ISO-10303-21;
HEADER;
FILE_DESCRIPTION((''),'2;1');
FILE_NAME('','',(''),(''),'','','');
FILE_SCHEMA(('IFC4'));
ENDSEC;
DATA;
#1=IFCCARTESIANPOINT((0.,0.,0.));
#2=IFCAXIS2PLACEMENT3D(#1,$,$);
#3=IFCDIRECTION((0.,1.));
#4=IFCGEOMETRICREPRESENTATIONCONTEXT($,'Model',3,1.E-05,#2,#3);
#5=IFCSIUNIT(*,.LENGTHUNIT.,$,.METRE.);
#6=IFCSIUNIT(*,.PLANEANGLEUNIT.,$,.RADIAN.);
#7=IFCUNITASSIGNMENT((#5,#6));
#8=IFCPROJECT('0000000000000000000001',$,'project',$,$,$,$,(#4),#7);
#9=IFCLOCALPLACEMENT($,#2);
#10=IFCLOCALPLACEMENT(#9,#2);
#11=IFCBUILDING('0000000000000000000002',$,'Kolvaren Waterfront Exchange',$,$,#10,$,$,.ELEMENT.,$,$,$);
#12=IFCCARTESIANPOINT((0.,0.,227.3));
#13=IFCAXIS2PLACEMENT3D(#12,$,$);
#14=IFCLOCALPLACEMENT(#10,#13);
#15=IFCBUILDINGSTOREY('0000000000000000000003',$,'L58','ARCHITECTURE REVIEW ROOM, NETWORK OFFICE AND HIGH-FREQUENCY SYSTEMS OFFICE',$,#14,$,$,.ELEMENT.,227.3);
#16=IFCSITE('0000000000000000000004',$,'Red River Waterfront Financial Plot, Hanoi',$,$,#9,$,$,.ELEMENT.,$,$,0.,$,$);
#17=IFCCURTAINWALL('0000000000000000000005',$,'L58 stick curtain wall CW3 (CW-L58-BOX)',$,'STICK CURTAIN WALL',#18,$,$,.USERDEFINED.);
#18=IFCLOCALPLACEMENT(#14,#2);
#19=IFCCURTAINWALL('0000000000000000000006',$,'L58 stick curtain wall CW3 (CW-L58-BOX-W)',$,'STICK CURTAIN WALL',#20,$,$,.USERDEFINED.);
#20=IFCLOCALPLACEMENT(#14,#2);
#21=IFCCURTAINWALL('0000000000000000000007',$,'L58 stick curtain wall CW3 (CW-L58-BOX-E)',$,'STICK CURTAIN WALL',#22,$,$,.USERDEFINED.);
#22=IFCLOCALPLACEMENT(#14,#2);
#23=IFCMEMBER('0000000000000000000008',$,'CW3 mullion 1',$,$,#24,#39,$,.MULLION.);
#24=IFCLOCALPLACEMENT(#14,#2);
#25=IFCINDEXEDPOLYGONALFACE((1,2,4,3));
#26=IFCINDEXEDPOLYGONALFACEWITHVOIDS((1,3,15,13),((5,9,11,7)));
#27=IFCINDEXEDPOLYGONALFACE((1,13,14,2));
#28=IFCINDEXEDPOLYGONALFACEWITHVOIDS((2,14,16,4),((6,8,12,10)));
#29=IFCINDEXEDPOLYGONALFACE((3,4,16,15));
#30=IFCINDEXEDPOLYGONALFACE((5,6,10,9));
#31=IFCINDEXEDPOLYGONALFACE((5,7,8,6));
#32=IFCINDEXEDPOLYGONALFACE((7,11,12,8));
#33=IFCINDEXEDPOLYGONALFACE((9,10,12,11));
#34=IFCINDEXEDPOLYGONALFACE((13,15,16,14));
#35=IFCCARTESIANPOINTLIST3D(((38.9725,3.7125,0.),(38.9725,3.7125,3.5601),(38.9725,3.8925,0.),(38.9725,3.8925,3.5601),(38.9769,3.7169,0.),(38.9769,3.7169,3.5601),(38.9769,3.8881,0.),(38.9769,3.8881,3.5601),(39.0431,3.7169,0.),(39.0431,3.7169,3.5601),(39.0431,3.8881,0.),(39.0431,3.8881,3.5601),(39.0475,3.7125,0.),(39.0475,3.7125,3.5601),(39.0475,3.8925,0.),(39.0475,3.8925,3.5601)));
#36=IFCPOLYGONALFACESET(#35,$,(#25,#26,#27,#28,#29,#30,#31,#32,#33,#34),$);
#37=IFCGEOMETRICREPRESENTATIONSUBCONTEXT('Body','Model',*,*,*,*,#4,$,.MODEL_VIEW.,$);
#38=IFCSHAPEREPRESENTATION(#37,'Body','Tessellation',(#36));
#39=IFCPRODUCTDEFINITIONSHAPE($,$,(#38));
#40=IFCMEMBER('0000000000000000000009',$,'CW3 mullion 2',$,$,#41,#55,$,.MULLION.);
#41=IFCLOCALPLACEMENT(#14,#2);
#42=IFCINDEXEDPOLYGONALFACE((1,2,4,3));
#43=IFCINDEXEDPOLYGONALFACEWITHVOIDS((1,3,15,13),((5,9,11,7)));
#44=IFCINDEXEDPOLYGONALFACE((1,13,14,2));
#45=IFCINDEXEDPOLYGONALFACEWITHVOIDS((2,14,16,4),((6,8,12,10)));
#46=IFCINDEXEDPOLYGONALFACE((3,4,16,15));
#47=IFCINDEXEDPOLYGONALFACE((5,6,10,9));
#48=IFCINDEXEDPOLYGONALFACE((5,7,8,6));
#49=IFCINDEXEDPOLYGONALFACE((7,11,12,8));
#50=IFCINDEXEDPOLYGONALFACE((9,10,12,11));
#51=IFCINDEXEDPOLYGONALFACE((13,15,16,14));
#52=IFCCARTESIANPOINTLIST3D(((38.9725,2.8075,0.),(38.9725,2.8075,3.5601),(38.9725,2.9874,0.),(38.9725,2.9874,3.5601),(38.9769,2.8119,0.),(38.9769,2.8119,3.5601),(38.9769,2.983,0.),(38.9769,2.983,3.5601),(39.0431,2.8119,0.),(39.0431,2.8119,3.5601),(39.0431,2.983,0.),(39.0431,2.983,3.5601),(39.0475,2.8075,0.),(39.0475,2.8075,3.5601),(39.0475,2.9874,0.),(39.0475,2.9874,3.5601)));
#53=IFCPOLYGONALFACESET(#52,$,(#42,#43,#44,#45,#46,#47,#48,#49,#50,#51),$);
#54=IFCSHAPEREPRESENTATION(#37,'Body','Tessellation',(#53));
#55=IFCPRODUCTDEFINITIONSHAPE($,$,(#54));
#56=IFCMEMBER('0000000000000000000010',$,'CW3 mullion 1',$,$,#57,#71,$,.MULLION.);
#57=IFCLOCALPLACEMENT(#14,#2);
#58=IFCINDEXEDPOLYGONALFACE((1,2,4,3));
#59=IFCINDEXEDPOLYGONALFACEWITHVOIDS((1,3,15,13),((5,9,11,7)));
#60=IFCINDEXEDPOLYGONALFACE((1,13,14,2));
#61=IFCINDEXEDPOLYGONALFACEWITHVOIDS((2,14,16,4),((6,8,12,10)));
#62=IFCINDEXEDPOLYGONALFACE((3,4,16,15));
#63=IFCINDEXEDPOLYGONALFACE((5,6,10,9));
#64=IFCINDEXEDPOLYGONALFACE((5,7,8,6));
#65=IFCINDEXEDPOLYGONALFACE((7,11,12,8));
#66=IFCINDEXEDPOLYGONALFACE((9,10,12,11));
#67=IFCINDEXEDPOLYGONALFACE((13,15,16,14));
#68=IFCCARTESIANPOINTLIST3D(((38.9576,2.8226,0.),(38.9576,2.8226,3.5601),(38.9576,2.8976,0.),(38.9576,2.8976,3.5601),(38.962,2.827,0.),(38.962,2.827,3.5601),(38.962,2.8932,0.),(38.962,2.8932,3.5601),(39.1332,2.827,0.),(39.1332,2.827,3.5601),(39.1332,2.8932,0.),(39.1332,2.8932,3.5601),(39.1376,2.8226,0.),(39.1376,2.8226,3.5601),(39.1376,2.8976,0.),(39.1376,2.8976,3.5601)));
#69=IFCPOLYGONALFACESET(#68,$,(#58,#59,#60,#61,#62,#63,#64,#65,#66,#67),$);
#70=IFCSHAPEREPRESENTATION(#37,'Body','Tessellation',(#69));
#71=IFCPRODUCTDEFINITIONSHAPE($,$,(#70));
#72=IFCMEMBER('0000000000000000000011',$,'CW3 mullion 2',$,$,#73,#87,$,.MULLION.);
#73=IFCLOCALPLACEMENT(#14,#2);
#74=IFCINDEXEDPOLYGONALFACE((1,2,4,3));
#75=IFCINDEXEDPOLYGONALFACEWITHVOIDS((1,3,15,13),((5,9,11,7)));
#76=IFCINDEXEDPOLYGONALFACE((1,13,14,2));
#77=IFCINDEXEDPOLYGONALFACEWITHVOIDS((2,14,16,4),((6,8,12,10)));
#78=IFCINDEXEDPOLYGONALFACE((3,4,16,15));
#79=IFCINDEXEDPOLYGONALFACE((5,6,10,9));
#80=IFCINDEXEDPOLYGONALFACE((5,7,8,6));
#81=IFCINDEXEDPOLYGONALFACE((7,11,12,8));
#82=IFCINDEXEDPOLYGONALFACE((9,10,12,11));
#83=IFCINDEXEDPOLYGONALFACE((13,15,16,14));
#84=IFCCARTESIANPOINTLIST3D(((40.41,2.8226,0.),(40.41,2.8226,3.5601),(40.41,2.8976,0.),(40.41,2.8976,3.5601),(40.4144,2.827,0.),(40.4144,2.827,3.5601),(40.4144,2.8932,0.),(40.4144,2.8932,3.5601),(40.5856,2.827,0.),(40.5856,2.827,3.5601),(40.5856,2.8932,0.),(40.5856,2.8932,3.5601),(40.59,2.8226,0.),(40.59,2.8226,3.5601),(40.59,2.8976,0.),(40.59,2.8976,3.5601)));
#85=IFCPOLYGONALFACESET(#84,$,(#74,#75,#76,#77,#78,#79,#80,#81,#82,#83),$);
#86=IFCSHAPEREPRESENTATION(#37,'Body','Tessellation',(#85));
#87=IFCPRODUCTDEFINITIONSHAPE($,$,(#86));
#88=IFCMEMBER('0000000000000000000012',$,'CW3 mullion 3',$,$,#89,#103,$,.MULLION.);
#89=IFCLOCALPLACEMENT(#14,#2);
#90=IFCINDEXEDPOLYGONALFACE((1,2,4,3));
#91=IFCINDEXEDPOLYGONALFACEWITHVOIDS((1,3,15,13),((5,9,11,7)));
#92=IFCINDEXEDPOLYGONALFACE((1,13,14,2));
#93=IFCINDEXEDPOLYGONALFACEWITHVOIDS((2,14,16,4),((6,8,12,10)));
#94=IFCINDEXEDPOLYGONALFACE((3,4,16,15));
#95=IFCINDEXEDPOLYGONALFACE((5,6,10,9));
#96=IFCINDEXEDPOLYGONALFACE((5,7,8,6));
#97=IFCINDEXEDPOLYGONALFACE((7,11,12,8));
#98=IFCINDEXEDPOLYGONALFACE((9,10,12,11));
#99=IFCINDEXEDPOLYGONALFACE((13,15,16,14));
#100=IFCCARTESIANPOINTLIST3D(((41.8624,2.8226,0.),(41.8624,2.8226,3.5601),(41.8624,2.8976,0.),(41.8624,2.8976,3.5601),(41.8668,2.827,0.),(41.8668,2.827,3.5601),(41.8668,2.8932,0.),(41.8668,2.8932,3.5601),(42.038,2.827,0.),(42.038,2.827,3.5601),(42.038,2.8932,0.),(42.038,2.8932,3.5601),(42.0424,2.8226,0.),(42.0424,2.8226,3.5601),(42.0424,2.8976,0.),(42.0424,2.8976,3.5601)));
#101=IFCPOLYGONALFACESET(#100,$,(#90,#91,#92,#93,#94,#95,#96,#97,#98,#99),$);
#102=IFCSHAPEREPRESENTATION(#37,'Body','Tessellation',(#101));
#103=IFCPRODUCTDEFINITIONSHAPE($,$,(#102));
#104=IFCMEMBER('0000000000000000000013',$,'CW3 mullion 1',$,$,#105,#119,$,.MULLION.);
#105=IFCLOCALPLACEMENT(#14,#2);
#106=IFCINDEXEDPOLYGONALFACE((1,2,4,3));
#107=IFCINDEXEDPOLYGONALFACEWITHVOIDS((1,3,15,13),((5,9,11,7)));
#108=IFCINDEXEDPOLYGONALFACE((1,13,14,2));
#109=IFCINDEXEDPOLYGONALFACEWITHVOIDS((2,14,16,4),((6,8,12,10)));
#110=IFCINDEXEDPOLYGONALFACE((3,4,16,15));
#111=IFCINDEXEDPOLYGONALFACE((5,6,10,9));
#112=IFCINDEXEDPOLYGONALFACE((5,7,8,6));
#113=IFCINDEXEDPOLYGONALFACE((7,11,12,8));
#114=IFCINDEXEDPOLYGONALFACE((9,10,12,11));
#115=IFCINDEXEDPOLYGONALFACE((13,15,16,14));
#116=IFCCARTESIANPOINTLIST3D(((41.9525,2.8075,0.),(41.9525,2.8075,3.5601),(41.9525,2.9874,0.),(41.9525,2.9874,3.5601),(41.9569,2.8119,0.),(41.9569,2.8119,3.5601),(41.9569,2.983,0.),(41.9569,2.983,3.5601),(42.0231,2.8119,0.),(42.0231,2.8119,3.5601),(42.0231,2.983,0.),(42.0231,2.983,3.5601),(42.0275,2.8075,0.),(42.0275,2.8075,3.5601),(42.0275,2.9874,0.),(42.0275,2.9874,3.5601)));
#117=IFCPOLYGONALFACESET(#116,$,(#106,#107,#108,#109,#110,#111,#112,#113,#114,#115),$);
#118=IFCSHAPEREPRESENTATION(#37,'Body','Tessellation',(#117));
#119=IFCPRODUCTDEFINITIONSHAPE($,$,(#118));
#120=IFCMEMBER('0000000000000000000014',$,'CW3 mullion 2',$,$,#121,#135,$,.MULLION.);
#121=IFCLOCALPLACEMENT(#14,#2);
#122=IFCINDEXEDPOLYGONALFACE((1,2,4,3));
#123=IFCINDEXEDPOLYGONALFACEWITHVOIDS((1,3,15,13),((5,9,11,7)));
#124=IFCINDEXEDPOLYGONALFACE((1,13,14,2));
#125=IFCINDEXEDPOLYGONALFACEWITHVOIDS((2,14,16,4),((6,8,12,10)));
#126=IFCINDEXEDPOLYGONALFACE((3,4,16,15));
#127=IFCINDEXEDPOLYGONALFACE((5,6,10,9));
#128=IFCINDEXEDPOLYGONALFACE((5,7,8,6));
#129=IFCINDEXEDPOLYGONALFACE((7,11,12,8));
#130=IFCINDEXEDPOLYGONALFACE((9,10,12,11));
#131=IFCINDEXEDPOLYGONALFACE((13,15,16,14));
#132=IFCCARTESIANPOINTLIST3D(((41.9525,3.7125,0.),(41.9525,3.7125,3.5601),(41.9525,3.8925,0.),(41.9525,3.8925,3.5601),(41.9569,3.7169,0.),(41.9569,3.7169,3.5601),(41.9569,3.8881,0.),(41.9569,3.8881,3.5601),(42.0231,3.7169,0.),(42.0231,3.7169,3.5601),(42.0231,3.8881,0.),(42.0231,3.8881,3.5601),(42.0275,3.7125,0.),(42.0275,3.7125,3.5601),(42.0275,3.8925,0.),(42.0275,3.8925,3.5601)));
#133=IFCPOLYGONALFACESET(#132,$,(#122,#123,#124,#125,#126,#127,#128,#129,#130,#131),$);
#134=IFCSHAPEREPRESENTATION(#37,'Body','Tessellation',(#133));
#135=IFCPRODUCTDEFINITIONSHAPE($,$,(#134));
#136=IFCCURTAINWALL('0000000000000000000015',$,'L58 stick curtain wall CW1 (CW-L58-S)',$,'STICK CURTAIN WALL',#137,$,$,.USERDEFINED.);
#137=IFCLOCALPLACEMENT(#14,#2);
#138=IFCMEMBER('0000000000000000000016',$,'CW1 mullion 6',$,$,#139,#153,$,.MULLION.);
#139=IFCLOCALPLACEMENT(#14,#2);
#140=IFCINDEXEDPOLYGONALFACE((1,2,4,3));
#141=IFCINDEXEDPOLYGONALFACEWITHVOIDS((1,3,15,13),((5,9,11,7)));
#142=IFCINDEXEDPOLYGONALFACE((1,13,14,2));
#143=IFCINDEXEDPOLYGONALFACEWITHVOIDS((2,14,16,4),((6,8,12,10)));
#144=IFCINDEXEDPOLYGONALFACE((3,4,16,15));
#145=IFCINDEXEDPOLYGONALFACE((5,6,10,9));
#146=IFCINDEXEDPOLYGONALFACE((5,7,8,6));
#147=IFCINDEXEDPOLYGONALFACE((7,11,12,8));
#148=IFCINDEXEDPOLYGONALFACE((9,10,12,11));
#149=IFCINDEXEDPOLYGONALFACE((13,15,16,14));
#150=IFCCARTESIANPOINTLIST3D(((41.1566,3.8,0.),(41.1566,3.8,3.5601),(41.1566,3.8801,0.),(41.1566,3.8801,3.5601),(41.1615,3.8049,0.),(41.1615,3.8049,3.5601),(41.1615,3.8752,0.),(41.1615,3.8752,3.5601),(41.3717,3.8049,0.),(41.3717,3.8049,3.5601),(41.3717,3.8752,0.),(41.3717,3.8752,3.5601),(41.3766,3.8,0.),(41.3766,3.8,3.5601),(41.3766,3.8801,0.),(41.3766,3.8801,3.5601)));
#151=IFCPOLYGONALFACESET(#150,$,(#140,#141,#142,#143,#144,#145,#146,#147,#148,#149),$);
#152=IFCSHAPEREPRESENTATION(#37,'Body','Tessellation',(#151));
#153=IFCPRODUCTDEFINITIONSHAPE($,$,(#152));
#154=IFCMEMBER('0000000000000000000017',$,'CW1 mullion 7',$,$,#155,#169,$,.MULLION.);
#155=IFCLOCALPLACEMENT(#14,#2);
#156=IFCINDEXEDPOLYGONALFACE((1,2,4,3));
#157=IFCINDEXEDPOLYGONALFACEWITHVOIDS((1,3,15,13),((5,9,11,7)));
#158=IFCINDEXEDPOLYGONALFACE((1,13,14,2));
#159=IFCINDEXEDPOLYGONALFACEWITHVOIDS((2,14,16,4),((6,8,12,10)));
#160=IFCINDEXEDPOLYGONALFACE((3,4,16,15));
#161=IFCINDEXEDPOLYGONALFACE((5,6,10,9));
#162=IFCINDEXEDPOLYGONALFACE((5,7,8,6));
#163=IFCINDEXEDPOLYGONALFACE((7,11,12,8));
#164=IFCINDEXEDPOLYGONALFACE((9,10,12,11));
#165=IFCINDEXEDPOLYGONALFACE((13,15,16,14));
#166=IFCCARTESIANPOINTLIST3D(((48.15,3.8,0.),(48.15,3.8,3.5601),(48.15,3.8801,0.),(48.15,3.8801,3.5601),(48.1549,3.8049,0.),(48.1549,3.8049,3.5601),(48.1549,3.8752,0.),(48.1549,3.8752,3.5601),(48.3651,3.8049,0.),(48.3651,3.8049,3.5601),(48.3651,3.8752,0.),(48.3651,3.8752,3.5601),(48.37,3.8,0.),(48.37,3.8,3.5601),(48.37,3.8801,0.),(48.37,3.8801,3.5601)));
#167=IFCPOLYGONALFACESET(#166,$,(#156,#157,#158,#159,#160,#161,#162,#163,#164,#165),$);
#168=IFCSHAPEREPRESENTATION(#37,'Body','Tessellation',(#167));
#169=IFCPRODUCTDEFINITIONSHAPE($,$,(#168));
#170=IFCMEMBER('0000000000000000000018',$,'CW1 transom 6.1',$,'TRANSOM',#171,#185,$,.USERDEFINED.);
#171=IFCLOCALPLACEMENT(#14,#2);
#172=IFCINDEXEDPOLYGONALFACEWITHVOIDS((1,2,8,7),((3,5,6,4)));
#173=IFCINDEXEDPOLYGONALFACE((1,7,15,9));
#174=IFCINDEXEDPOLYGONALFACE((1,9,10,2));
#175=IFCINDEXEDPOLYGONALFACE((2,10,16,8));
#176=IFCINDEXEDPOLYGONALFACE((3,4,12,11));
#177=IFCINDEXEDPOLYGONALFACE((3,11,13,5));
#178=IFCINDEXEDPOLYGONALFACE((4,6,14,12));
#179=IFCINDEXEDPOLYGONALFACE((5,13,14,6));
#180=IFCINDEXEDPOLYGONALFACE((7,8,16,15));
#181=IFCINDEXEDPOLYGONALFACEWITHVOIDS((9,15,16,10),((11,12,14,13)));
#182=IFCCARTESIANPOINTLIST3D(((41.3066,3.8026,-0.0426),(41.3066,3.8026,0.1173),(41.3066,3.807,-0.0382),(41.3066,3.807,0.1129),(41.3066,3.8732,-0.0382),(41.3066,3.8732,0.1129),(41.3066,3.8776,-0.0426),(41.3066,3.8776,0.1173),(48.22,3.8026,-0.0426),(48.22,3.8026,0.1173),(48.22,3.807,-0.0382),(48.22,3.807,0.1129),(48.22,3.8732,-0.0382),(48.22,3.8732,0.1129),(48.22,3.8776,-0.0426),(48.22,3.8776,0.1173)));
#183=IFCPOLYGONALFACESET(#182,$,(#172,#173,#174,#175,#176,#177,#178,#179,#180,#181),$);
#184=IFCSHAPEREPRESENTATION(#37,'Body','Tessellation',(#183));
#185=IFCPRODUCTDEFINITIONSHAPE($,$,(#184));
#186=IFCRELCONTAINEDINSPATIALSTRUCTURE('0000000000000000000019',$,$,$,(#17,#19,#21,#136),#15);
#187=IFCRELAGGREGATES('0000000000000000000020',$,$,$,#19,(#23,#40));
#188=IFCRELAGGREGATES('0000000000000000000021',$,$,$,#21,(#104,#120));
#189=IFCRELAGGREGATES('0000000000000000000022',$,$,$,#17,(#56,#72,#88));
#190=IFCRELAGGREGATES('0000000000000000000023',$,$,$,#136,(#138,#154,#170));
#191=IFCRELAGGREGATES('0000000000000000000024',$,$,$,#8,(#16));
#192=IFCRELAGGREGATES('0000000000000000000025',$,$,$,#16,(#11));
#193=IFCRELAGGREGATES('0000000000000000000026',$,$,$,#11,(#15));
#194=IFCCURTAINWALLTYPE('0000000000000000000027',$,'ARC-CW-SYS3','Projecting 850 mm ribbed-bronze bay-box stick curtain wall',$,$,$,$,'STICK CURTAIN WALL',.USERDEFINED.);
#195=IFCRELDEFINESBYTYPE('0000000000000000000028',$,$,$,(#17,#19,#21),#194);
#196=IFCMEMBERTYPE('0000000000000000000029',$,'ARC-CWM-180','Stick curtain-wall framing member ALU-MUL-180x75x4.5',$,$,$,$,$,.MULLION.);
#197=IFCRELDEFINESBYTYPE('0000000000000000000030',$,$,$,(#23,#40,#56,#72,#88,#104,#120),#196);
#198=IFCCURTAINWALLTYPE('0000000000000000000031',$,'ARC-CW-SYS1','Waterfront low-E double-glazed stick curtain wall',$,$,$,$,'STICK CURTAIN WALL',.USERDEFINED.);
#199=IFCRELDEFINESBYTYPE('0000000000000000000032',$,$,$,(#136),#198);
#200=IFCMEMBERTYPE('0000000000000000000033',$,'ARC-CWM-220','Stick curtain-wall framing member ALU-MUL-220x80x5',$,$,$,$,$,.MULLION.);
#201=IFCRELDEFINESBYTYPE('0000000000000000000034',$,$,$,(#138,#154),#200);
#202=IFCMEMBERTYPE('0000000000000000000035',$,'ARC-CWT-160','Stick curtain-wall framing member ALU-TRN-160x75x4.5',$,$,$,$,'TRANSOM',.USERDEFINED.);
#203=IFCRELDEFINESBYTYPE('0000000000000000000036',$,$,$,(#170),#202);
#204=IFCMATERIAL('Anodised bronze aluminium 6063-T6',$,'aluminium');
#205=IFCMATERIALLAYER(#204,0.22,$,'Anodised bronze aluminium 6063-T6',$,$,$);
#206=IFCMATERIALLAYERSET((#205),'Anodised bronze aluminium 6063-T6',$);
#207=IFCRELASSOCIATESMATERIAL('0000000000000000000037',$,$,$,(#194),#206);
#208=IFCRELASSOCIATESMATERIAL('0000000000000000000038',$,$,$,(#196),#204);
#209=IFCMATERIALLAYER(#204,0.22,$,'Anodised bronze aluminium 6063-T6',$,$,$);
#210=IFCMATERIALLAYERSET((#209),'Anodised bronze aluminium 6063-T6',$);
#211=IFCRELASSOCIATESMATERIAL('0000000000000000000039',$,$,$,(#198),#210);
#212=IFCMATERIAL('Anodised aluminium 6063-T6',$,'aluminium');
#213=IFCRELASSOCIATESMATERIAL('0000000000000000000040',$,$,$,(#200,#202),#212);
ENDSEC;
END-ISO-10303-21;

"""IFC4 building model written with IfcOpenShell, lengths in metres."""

from ifc_helpers import new_model, si_unit, direction, frame, origin, origin_with_axes, origin_2d, place, context, subcontext, project, spatial, hollow_rectangle, extrude, source, transform, mapped, material, layer, layer_set, material_profile, profile_set, type_object, element, aggregate, save


model = new_model("IFC4")

# Units and contexts
model_context = context("Model", 3, precision=1e-05, world=origin(), true_north=direction((0.0, 1.0)))
body_context = subcontext(model_context, "Body", "Model", "MODEL_VIEW")
ifc_project = project(units=[si_unit("LENGTHUNIT", "METRE"), si_unit("PLANEANGLEUNIT", "RADIAN")], contexts=[model_context])

# Site, building, storey
site_placement = place(None, origin())
site = spatial("IfcSite", under=ifc_project, at=site_placement, Name="Red River Waterfront Financial Plot, Hanoi", CompositionType="ELEMENT", RefElevation=0.0)
building_placement = place(site_placement, origin())
building = spatial("IfcBuilding", under=site, at=building_placement, Name="Kolvaren Waterfront Exchange", CompositionType="ELEMENT")
storey_placement = place(building_placement, frame((0.0, 0.0, 227.3)))
storey = spatial("IfcBuildingStorey", under=building, at=storey_placement, Name="L58", Description="ARCHITECTURE REVIEW ROOM, NETWORK OFFICE AND HIGH-FREQUENCY SYSTEMS OFFICE", CompositionType="ELEMENT", Elevation=227.3)

# Curtain walls
ifc_material_1 = material(Name="Anodised bronze aluminium 6063-T6", Category="aluminium")
ifc_layer_1 = layer(ifc_material_1, 0.22, Name="Anodised bronze aluminium 6063-T6")
ifc_layer_set_1 = layer_set([ifc_layer_1], Name="Anodised bronze aluminium 6063-T6")
curtain_wall_type_1 = type_object("IfcCurtainWallType", Name="ARC-CW-SYS3", Description="Projecting 850 mm ribbed-bronze bay-box stick curtain wall", ElementType="STICK CURTAIN WALL", PredefinedType="USERDEFINED", material=ifc_layer_set_1)
curtain_wall_1_placement = place(storey_placement, origin())
curtain_wall_1 = element("IfcCurtainWall", 1, at=curtain_wall_1_placement, inside=storey, type_object=curtain_wall_type_1, Name="L58 stick curtain wall CW3 (CW-L58-BOX)", ObjectType="STICK CURTAIN WALL", PredefinedType="USERDEFINED")
curtain_wall_2_placement = place(storey_placement, origin())
curtain_wall_2 = element("IfcCurtainWall", 2, at=curtain_wall_2_placement, inside=storey, type_object=curtain_wall_type_1, Name="L58 stick curtain wall CW3 (CW-L58-BOX-W)", ObjectType="STICK CURTAIN WALL", PredefinedType="USERDEFINED")
curtain_wall_3_placement = place(storey_placement, origin())
curtain_wall_3 = element("IfcCurtainWall", 3, at=curtain_wall_3_placement, inside=storey, type_object=curtain_wall_type_1, Name="L58 stick curtain wall CW3 (CW-L58-BOX-E)", ObjectType="STICK CURTAIN WALL", PredefinedType="USERDEFINED")

# Members
ifc_material_profile_1 = material_profile(ifc_material_1, hollow_rectangle(XDim=0.075, YDim=0.1799, WallThickness=0.0044, at=origin_2d()), Name="ALU-MUL-180x75x4.5")
ifc_profile_set_1 = profile_set([ifc_material_profile_1], Name="Anodised bronze aluminium 6063-T6")
member_type_1 = type_object("IfcMemberType", Name="ARC-CWM-180", Description="Stick curtain-wall framing member ALU-MUL-180x75x4.5", PredefinedType="MULLION", material=ifc_profile_set_1)
shared_shape_1 = source(origin_with_axes(), body_context, "Body", "SweptSolid", [
    extrude(hollow_rectangle(XDim=0.075, YDim=0.1799, WallThickness=0.0044, at=origin_2d()), origin(), (0.0, 0.0, 1.0), 3.5601),
])
member_1_placement = place(storey_placement, frame((39.01, 3.8025, 0.0), z_axis=(0.0, 0.0, 1.0), x_axis=(1.0, 0.0, 0.0)))
member_1 = element("IfcMember", 4, at=member_1_placement, type_object=member_type_1, Name="CW3 mullion 1", PredefinedType="MULLION", context=body_context, shape_type="MappedRepresentation", body=[
    mapped(shared_shape_1, transform((0.0, 0.0, 0.0), x_axis=(1.0, 0.0, 0.0), y_axis=(0.0, 1.0, 0.0), z_axis=(0.0, 0.0, 1.0), scale=1.0)),
])
member_2_placement = place(storey_placement, frame((39.01, 2.8975, 0.0), z_axis=(0.0, 0.0, 1.0), x_axis=(1.0, 0.0, 0.0)))
member_2 = element("IfcMember", 5, at=member_2_placement, type_object=member_type_1, Name="CW3 mullion 2", PredefinedType="MULLION", context=body_context, shape_type="MappedRepresentation", body=[
    mapped(shared_shape_1, transform((0.0, 0.0, 0.0), x_axis=(1.0, 0.0, 0.0), y_axis=(0.0, 1.0, 0.0), z_axis=(0.0, 0.0, 1.0), scale=1.0)),
])
member_3_placement = place(storey_placement, frame((39.0476, 2.8601, 0.0), z_axis=(0.0, 0.0, 1.0), x_axis=(0.0, 1.0, 0.0)))
member_3 = element("IfcMember", 6, at=member_3_placement, type_object=member_type_1, Name="CW3 mullion 1", PredefinedType="MULLION", context=body_context, shape_type="MappedRepresentation", body=[
    mapped(shared_shape_1, transform((0.0, 0.0, 0.0), x_axis=(1.0, 0.0, 0.0), y_axis=(0.0, 1.0, 0.0), z_axis=(0.0, 0.0, 1.0), scale=1.0)),
])
member_4_placement = place(storey_placement, frame((40.5, 2.8601, 0.0), z_axis=(0.0, 0.0, 1.0), x_axis=(0.0, 1.0, 0.0)))
member_4 = element("IfcMember", 7, at=member_4_placement, type_object=member_type_1, Name="CW3 mullion 2", PredefinedType="MULLION", context=body_context, shape_type="MappedRepresentation", body=[
    mapped(shared_shape_1, transform((0.0, 0.0, 0.0), x_axis=(1.0, 0.0, 0.0), y_axis=(0.0, 1.0, 0.0), z_axis=(0.0, 0.0, 1.0), scale=1.0)),
])
member_5_placement = place(storey_placement, frame((41.9524, 2.8601, 0.0), z_axis=(0.0, 0.0, 1.0), x_axis=(0.0, 1.0, 0.0)))
member_5 = element("IfcMember", 8, at=member_5_placement, type_object=member_type_1, Name="CW3 mullion 3", PredefinedType="MULLION", context=body_context, shape_type="MappedRepresentation", body=[
    mapped(shared_shape_1, transform((0.0, 0.0, 0.0), x_axis=(1.0, 0.0, 0.0), y_axis=(0.0, 1.0, 0.0), z_axis=(0.0, 0.0, 1.0), scale=1.0)),
])
member_6_placement = place(storey_placement, frame((41.99, 2.8975, 0.0), z_axis=(0.0, 0.0, 1.0), x_axis=(-1.0, 0.0, 0.0)))
member_6 = element("IfcMember", 9, at=member_6_placement, type_object=member_type_1, Name="CW3 mullion 1", PredefinedType="MULLION", context=body_context, shape_type="MappedRepresentation", body=[
    mapped(shared_shape_1, transform((0.0, 0.0, 0.0), x_axis=(1.0, 0.0, 0.0), y_axis=(0.0, 1.0, 0.0), z_axis=(0.0, 0.0, 1.0), scale=1.0)),
])
member_7_placement = place(storey_placement, frame((41.99, 3.8025, 0.0), z_axis=(0.0, 0.0, 1.0), x_axis=(-1.0, 0.0, 0.0)))
member_7 = element("IfcMember", 10, at=member_7_placement, type_object=member_type_1, Name="CW3 mullion 2", PredefinedType="MULLION", context=body_context, shape_type="MappedRepresentation", body=[
    mapped(shared_shape_1, transform((0.0, 0.0, 0.0), x_axis=(1.0, 0.0, 0.0), y_axis=(0.0, 1.0, 0.0), z_axis=(0.0, 0.0, 1.0), scale=1.0)),
])

# Curtain wall, members
ifc_layer_2 = layer(ifc_material_1, 0.22, Name="Anodised bronze aluminium 6063-T6")
ifc_layer_set_2 = layer_set([ifc_layer_2], Name="Anodised bronze aluminium 6063-T6")
curtain_wall_type_2 = type_object("IfcCurtainWallType", Name="ARC-CW-SYS1", Description="Waterfront low-E double-glazed stick curtain wall", ElementType="STICK CURTAIN WALL", PredefinedType="USERDEFINED", material=ifc_layer_set_2)
curtain_wall_4_placement = place(storey_placement, origin())
curtain_wall_4 = element("IfcCurtainWall", 11, at=curtain_wall_4_placement, inside=storey, type_object=curtain_wall_type_2, Name="L58 stick curtain wall CW1 (CW-L58-S)", ObjectType="STICK CURTAIN WALL", PredefinedType="USERDEFINED")
ifc_material_2 = material(Name="Anodised aluminium 6063-T6", Category="aluminium")
ifc_material_profile_2 = material_profile(ifc_material_2, hollow_rectangle(XDim=0.0801, YDim=0.22, WallThickness=0.0049, at=origin_2d()), Name="ALU-MUL-220x80x5")
ifc_profile_set_2 = profile_set([ifc_material_profile_2], Name="Anodised aluminium 6063-T6")
member_type_2 = type_object("IfcMemberType", Name="ARC-CWM-220", Description="Stick curtain-wall framing member ALU-MUL-220x80x5", PredefinedType="MULLION", material=ifc_profile_set_2)
shared_shape_2 = source(origin_with_axes(), body_context, "Body", "SweptSolid", [
    extrude(hollow_rectangle(XDim=0.0801, YDim=0.22, WallThickness=0.0049, at=origin_2d()), origin(), (0.0, 0.0, 1.0), 3.5601),
])
member_8_placement = place(storey_placement, frame((41.2666, 3.8401, 0.0), z_axis=(0.0, 0.0, 1.0), x_axis=(0.0, 1.0, 0.0)))
member_8 = element("IfcMember", 12, at=member_8_placement, type_object=member_type_2, Name="CW1 mullion 6", PredefinedType="MULLION", context=body_context, shape_type="MappedRepresentation", body=[
    mapped(shared_shape_2, transform((0.0, 0.0, 0.0), x_axis=(1.0, 0.0, 0.0), y_axis=(0.0, 1.0, 0.0), z_axis=(0.0, 0.0, 1.0), scale=1.0)),
])
member_9_placement = place(storey_placement, frame((48.26, 3.8401, 0.0), z_axis=(0.0, 0.0, 1.0), x_axis=(0.0, 1.0, 0.0)))
member_9 = element("IfcMember", 13, at=member_9_placement, type_object=member_type_2, Name="CW1 mullion 7", PredefinedType="MULLION", context=body_context, shape_type="MappedRepresentation", body=[
    mapped(shared_shape_2, transform((0.0, 0.0, 0.0), x_axis=(1.0, 0.0, 0.0), y_axis=(0.0, 1.0, 0.0), z_axis=(0.0, 0.0, 1.0), scale=1.0)),
])
ifc_material_profile_3 = material_profile(ifc_material_2, hollow_rectangle(XDim=0.075, YDim=0.1599, WallThickness=0.0044, at=origin_2d()), Name="ALU-TRN-160x75x4.5")
ifc_profile_set_3 = profile_set([ifc_material_profile_3], Name="Anodised aluminium 6063-T6")
member_type_3 = type_object("IfcMemberType", Name="ARC-CWT-160", Description="Stick curtain-wall framing member ALU-TRN-160x75x4.5", ElementType="TRANSOM", PredefinedType="USERDEFINED", material=ifc_profile_set_3)
shared_shape_3 = source(origin_with_axes(), body_context, "Body", "SweptSolid", [
    extrude(hollow_rectangle(XDim=0.075, YDim=0.1599, WallThickness=0.0044, at=origin_2d()), origin(), (0.0, 0.0, 1.0), 6.9133),
])
member_10_placement = place(storey_placement, frame((41.3066, 3.8401, 0.0374), z_axis=(1.0, 0.0, 0.0), x_axis=(0.0, 1.0, 0.0)))
member_10 = element("IfcMember", 14, at=member_10_placement, type_object=member_type_3, Name="CW1 transom 6.1", ObjectType="TRANSOM", PredefinedType="USERDEFINED", context=body_context, shape_type="MappedRepresentation", body=[
    mapped(shared_shape_3, transform((0.0, 0.0, 0.0), x_axis=(1.0, 0.0, 0.0), y_axis=(0.0, 1.0, 0.0), z_axis=(0.0, 0.0, 1.0), scale=1.0)),
])

aggregate(curtain_wall_2, [member_1, member_2])
aggregate(curtain_wall_3, [member_6, member_7])
aggregate(curtain_wall_1, [member_3, member_4, member_5])
aggregate(curtain_wall_4, [member_8, member_9, member_10])

save(model, "model.ifc")
